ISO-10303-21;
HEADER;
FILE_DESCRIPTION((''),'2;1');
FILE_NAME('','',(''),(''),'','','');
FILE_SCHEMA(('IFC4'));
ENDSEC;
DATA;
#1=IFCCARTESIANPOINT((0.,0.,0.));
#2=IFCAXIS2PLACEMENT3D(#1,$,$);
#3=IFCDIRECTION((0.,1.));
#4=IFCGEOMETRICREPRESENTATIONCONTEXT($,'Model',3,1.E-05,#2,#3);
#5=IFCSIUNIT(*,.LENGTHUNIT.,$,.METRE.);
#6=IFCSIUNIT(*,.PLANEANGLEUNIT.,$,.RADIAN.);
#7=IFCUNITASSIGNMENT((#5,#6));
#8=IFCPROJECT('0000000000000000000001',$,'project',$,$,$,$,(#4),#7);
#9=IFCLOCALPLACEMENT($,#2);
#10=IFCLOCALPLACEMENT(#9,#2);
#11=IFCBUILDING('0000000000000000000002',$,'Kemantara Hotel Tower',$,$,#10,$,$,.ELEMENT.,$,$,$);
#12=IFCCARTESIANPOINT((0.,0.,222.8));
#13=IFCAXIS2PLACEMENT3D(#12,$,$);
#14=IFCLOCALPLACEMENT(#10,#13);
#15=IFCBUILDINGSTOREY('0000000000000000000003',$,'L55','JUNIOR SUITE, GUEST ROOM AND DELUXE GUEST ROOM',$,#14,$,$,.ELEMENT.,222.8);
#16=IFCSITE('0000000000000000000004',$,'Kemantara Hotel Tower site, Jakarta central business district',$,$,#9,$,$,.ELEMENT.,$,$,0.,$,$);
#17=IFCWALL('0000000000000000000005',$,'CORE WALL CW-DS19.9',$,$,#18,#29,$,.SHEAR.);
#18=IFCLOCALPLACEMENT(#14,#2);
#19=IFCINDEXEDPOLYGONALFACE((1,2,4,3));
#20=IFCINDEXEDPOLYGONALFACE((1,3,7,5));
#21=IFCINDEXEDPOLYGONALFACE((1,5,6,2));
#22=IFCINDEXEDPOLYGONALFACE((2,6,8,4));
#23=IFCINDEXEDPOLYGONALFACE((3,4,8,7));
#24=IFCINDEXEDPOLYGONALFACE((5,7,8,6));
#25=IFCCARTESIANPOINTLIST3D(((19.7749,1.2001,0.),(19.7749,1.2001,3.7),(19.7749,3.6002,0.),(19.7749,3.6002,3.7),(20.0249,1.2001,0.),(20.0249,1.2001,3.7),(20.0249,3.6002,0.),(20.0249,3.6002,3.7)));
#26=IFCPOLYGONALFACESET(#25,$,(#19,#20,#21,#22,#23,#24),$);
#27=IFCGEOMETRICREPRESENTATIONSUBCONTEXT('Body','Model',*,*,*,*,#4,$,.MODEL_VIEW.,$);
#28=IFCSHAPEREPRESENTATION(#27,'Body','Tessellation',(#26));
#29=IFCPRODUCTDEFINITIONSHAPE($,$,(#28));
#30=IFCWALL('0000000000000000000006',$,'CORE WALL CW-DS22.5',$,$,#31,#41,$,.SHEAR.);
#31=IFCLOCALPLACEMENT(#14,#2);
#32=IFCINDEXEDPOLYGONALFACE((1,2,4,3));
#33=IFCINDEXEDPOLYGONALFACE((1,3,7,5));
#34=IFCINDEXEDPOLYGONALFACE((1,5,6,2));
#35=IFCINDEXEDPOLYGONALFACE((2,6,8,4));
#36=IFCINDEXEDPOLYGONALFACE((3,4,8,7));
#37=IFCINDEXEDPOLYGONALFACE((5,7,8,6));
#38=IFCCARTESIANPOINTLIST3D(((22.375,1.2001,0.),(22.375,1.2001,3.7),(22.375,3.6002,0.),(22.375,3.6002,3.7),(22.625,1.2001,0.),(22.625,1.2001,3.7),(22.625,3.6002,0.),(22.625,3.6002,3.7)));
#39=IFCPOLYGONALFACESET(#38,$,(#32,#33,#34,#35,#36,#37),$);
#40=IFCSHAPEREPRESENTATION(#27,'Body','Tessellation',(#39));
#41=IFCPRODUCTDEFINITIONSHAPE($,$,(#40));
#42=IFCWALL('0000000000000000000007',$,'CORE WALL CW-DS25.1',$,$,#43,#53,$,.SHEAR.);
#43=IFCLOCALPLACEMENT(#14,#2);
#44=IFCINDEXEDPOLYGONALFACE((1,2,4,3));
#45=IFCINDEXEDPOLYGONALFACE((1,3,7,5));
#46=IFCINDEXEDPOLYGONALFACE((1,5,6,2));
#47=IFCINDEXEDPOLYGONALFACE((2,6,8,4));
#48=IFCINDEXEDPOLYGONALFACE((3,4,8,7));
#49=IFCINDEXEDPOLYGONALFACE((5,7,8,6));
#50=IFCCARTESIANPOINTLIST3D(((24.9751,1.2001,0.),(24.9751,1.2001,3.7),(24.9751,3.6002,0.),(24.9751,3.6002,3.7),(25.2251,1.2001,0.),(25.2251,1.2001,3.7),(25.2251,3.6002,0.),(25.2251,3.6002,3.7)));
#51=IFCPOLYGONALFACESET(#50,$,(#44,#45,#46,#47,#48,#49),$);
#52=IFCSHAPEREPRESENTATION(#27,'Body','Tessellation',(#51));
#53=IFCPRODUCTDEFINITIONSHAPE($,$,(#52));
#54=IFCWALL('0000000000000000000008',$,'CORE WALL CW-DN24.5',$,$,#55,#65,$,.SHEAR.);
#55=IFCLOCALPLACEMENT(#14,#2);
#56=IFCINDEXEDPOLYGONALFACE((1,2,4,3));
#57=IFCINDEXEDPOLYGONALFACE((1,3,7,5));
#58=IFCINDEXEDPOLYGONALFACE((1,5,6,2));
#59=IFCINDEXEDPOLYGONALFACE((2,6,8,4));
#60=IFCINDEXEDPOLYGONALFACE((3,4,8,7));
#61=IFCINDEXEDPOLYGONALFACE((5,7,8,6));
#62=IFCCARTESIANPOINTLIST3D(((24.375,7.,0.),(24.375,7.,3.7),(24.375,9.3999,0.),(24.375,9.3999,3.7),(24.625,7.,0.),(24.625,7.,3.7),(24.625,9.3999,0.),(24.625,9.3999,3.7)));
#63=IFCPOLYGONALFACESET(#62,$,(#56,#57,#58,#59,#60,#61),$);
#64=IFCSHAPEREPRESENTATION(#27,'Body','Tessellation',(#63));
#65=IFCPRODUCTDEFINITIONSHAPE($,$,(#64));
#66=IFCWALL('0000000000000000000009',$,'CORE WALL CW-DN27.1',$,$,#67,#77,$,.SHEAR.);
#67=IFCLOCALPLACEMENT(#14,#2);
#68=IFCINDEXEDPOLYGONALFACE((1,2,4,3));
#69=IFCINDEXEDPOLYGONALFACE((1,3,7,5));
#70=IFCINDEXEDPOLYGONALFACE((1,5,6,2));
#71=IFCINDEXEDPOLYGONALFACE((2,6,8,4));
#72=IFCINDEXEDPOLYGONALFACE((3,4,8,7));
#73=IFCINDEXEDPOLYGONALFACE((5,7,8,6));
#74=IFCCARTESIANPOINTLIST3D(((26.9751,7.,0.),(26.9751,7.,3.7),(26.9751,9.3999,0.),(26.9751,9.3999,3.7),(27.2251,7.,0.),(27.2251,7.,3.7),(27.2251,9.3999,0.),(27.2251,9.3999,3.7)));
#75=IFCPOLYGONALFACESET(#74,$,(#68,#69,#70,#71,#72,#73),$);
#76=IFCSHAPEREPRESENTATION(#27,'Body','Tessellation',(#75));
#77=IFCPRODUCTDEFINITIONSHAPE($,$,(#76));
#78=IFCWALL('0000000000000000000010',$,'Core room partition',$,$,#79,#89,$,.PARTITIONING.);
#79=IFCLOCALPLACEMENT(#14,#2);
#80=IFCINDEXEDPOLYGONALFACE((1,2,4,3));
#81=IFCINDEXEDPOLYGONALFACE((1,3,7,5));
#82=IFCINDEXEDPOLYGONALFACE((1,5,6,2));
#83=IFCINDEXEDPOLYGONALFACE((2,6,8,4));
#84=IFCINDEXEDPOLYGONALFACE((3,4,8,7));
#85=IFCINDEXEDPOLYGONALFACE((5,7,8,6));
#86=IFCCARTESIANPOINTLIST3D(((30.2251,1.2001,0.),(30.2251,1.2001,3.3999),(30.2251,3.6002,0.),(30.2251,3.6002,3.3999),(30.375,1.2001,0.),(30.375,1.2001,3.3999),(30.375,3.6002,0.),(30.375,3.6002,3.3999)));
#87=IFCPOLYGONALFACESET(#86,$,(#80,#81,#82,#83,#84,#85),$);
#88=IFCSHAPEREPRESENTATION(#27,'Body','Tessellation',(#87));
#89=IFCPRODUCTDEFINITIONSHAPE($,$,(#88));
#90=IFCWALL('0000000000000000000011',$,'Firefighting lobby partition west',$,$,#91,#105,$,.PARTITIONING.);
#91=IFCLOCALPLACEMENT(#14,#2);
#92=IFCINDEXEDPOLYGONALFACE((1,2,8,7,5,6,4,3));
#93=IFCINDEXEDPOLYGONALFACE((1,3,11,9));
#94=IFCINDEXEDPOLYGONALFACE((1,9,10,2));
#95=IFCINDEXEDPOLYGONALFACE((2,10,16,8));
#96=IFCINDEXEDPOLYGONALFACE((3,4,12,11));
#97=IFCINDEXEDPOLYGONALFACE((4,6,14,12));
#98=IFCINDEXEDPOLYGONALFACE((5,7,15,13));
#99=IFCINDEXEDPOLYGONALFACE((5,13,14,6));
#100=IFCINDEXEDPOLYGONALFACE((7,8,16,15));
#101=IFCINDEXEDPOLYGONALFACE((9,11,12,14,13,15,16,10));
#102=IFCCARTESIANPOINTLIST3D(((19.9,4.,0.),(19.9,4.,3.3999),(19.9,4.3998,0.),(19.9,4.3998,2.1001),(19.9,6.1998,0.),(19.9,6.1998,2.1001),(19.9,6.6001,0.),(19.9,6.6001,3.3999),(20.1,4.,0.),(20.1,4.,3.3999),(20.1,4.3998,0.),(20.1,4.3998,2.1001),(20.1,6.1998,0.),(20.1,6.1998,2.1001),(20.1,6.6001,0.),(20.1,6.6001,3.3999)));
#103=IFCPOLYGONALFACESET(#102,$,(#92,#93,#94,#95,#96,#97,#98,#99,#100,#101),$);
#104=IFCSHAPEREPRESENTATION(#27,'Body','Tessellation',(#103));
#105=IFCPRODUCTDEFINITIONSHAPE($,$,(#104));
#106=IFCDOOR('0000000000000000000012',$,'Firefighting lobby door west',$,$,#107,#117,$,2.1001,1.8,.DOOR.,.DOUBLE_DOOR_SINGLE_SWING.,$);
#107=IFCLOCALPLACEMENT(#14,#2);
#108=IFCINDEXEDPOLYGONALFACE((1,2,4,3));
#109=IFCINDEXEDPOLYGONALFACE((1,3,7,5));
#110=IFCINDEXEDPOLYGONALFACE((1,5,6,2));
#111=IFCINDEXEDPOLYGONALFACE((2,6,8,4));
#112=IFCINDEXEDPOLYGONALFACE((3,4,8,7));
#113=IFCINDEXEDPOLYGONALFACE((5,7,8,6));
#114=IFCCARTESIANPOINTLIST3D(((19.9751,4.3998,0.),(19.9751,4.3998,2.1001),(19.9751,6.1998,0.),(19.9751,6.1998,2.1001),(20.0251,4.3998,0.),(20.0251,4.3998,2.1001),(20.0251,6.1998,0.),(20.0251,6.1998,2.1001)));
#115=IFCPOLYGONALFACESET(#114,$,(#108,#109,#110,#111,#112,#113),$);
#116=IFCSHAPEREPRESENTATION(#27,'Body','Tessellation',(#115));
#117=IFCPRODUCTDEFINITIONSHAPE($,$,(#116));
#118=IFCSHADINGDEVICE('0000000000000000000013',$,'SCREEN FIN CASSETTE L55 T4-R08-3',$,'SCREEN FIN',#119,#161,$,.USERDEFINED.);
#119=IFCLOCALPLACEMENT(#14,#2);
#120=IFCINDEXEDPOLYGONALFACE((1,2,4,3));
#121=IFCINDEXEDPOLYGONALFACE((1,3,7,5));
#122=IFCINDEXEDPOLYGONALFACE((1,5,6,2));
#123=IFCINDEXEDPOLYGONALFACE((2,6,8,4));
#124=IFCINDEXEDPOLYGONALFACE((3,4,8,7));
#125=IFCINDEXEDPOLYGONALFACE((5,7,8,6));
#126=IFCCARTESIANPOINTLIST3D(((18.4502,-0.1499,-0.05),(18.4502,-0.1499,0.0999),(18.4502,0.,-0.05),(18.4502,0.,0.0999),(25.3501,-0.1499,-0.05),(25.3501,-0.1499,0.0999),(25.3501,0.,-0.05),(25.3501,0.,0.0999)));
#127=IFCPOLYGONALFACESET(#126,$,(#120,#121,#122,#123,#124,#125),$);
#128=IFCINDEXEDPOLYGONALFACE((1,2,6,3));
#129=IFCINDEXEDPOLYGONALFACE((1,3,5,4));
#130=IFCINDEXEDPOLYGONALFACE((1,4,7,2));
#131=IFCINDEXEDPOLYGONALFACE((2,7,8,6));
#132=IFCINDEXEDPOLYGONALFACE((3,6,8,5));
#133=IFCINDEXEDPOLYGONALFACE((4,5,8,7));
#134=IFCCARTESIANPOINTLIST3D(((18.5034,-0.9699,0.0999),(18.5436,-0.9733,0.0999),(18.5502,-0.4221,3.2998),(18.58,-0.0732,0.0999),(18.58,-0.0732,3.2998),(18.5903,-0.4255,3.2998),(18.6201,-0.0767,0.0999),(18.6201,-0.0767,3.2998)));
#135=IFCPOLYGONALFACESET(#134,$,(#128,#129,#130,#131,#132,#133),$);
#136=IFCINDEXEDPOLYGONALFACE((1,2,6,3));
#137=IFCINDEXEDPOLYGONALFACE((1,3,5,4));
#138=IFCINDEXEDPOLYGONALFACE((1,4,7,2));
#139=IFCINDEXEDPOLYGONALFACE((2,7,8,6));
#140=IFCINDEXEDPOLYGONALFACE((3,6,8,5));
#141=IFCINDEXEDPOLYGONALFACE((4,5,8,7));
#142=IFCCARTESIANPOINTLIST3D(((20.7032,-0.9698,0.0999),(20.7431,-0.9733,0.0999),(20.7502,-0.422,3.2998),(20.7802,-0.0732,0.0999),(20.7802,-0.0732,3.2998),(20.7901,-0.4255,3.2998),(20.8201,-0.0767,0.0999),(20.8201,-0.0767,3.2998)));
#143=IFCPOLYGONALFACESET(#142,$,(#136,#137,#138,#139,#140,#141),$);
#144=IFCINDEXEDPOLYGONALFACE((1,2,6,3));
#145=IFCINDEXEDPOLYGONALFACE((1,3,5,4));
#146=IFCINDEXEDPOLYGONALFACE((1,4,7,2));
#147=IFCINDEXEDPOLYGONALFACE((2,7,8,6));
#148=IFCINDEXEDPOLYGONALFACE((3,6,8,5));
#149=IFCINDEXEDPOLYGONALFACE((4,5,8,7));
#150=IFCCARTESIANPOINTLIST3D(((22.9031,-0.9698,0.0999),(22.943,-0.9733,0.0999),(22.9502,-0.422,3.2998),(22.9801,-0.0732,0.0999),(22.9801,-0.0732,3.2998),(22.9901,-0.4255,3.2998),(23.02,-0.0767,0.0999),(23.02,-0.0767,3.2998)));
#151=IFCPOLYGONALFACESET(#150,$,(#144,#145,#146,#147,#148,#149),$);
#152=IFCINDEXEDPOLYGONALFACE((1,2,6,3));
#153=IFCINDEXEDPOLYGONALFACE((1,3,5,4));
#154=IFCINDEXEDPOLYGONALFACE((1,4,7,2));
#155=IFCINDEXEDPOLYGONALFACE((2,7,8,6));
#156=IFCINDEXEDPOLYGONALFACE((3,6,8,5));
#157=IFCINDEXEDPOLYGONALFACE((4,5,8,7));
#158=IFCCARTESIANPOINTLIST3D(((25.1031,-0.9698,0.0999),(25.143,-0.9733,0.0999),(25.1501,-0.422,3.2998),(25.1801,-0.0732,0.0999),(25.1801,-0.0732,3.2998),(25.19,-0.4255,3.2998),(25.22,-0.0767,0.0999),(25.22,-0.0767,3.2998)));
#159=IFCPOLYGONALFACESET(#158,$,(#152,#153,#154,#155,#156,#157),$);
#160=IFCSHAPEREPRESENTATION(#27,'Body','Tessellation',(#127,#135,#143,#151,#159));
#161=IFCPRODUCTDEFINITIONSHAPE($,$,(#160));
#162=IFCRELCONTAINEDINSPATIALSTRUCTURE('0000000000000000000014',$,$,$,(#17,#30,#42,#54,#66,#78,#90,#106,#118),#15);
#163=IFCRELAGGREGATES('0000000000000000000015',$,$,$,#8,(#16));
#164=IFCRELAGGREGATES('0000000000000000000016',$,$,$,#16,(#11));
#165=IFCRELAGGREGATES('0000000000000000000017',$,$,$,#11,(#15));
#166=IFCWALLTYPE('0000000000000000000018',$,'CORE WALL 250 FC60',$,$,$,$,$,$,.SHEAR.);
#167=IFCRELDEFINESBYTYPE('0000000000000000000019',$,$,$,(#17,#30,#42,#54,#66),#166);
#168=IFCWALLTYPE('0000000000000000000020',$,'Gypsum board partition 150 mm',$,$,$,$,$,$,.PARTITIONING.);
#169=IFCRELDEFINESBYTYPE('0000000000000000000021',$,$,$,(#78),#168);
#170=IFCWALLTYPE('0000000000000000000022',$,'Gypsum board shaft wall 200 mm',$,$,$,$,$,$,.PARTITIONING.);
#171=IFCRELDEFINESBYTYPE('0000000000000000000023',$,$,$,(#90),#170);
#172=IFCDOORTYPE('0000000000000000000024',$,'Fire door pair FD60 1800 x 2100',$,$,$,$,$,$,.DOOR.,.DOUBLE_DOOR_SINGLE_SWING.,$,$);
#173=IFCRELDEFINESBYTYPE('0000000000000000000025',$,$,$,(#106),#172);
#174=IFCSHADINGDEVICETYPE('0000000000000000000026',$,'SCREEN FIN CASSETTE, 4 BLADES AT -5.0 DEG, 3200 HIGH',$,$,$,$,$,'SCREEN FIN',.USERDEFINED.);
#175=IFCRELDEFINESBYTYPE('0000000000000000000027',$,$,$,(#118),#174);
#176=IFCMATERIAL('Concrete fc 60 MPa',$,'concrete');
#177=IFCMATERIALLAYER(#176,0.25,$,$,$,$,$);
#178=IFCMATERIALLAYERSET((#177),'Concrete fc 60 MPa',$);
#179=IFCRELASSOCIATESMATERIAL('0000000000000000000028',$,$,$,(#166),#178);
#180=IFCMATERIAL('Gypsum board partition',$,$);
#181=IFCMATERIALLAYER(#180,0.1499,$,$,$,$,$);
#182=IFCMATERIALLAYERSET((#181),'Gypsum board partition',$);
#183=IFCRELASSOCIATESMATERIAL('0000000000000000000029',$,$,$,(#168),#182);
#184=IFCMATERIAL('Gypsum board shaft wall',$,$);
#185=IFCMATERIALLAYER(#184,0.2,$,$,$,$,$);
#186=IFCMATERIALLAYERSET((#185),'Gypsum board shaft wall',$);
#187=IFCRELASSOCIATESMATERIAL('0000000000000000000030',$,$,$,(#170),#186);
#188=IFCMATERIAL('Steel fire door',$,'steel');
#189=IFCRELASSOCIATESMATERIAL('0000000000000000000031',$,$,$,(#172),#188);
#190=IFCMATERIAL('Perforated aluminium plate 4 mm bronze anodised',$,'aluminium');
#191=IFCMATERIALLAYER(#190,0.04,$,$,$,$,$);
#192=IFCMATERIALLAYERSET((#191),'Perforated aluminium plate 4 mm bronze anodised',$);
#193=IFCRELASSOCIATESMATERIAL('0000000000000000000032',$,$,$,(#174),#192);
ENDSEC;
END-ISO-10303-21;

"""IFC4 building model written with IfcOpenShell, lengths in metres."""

from ifc_helpers import new_model, si_unit, direction, frame, frame_2d, origin, origin_2d, place, context, subcontext, project, spatial, polyline, rectangle, outline, extrude, source, transform, mapped, material, layer, layer_set, type_object, element, fill, save


model = new_model("IFC4")

# Units and contexts
model_context = context("Model", 3, precision=1e-05, world=origin(), true_north=direction((0.0, 1.0)))
body_context = subcontext(model_context, "Body", "Model", "MODEL_VIEW")
ifc_project = project(units=[si_unit("LENGTHUNIT", "METRE"), si_unit("PLANEANGLEUNIT", "RADIAN")], contexts=[model_context])

# Site, building, storey
site_placement = place(None, origin())
site = spatial("IfcSite", under=ifc_project, at=site_placement, Name="Kemantara Hotel Tower site, Jakarta central business district", CompositionType="ELEMENT", RefElevation=0.0)
building_placement = place(site_placement, origin())
building = spatial("IfcBuilding", under=site, at=building_placement, Name="Kemantara Hotel Tower", CompositionType="ELEMENT")
storey_placement = place(building_placement, frame((0.0, 0.0, 222.8)))
storey = spatial("IfcBuildingStorey", under=building, at=storey_placement, Name="L55", Description="JUNIOR SUITE, GUEST ROOM AND DELUXE GUEST ROOM", CompositionType="ELEMENT", Elevation=222.8)

# Walls
ifc_material_1 = material(Name="Concrete fc 60 MPa", Category="concrete")
ifc_layer_1 = layer(ifc_material_1, 0.25)
ifc_layer_set_1 = layer_set([ifc_layer_1], Name="Concrete fc 60 MPa")
wall_type_1 = type_object("IfcWallType", Name="CORE WALL 250 FC60", PredefinedType="SHEAR", material=ifc_layer_set_1)
for number, where, z_axis, x_axis, name in (
    (1, (19.8999, 1.2, 0.0), (0.0, 0.0, 1.0), (0.0, 1.0, 0.0), "CORE WALL CW-DS19.9"),
    (2, (22.5, 1.2, 0.0), (0.0, 0.0, 1.0), (0.0, 1.0, 0.0), "CORE WALL CW-DS22.5"),
    (3, (25.1001, 1.2, 0.0), (0.0, 0.0, 1.0), (0.0, 1.0, 0.0), "CORE WALL CW-DS25.1"),
):
    element("IfcWall", number, at=place(storey_placement, frame(where, z_axis=z_axis, x_axis=x_axis)), inside=storey, type_object=wall_type_1, Name=name, PredefinedType="SHEAR", context=body_context, shape_type="SweptSolid", body=[
        extrude(rectangle(XDim=2.4001, YDim=0.25, at=frame_2d((1.2002, 0.0))), origin(), (0.0, 0.0, 1.0), 3.7),
    ])
for number, where, z_axis, x_axis, name in (
    (4, (24.5, 7.0, 0.0), (0.0, 0.0, 1.0), (0.0, 1.0, 0.0), "CORE WALL CW-DN24.5"),
    (5, (27.1001, 7.0, 0.0), (0.0, 0.0, 1.0), (0.0, 1.0, 0.0), "CORE WALL CW-DN27.1"),
):
    element("IfcWall", number, at=place(storey_placement, frame(where, z_axis=z_axis, x_axis=x_axis)), inside=storey, type_object=wall_type_1, Name=name, PredefinedType="SHEAR", context=body_context, shape_type="SweptSolid", body=[
        extrude(rectangle(XDim=2.3999, YDim=0.25, at=frame_2d((1.2, 0.0))), origin(), (0.0, 0.0, 1.0), 3.7),
    ])
ifc_material_2 = material(Name="Gypsum board partition")
ifc_layer_2 = layer(ifc_material_2, 0.1499)
ifc_layer_set_2 = layer_set([ifc_layer_2], Name="Gypsum board partition")
wall_type_2 = type_object("IfcWallType", Name="Gypsum board partition 150 mm", PredefinedType="PARTITIONING", material=ifc_layer_set_2)
wall_1_placement = place(storey_placement, frame((30.3, 1.2, 0.0), z_axis=(0.0, 0.0, 1.0), x_axis=(0.0, 1.0, 0.0)))
element("IfcWall", 6, at=wall_1_placement, inside=storey, type_object=wall_type_2, Name="Core room partition", PredefinedType="PARTITIONING", context=body_context, shape_type="SweptSolid", body=[
    extrude(rectangle(XDim=2.4001, YDim=0.1499, at=frame_2d((1.2002, 0.0))), origin(), (0.0, 0.0, 1.0), 3.3999),
])

# Wall, opening, door
ifc_material_3 = material(Name="Gypsum board shaft wall")
ifc_layer_3 = layer(ifc_material_3, 0.2)
ifc_layer_set_3 = layer_set([ifc_layer_3], Name="Gypsum board shaft wall")
wall_type_3 = type_object("IfcWallType", Name="Gypsum board shaft wall 200 mm", PredefinedType="PARTITIONING", material=ifc_layer_set_3)
wall_2_placement = place(storey_placement, frame((20.0, 4.0, 0.0), z_axis=(0.0, 0.0, 1.0), x_axis=(0.0, 1.0, 0.0)))
wall_2 = element("IfcWall", 7, at=wall_2_placement, inside=storey, type_object=wall_type_3, Name="Firefighting lobby partition west", PredefinedType="PARTITIONING", context=body_context, shape_type="SweptSolid", body=[
    extrude(rectangle(XDim=2.6001, YDim=0.2, at=frame_2d((1.3, 0.0))), origin(), (0.0, 0.0, 1.0), 3.3999),
])
opening_placement = place(wall_2_placement, frame((0.3999, 0.0, 0.0)))
opening = element("IfcOpeningElement", 8, at=opening_placement, cuts=wall_2, PredefinedType="OPENING", context=body_context, shape_type="SweptSolid", body=[
    extrude(rectangle(XDim=1.8, YDim=2.1001, at=frame_2d((0.8999, 1.05))), frame((0.0, 0.1099, 0.0), z_axis=(0.0, -1.0, 0.0), x_axis=(1.0, 0.0, 0.0)), (0.0, 0.0, 1.0), 0.22),
])
ifc_material_4 = material(Name="Steel fire door", Category="steel")
door_type = type_object("IfcDoorType", Name="Fire door pair FD60 1800 x 2100", OperationType="DOUBLE_DOOR_SINGLE_SWING", PredefinedType="DOOR", material=ifc_material_4)
door_placement = place(opening_placement, origin())
door = element("IfcDoor", 9, at=door_placement, inside=storey, type_object=door_type, Name="Firefighting lobby door west", OperationType="DOUBLE_DOOR_SINGLE_SWING", OverallHeight=2.1001, OverallWidth=1.8, PredefinedType="DOOR", context=body_context, shape_type="SweptSolid", body=[
    extrude(rectangle(XDim=1.8, YDim=2.1001, at=frame_2d((0.8999, 1.05))), frame((0.0, 0.0249, 0.0), z_axis=(0.0, -1.0, 0.0), x_axis=(1.0, 0.0, 0.0)), (0.0, 0.0, 1.0), 0.05),
])
fill(opening, door)

# Shading device
ifc_material_5 = material(Name="Perforated aluminium plate 4 mm bronze anodised", Category="aluminium")
ifc_layer_4 = layer(ifc_material_5, 0.04)
ifc_layer_set_4 = layer_set([ifc_layer_4], Name="Perforated aluminium plate 4 mm bronze anodised")
shading_device_type_1 = type_object("IfcShadingDeviceType", Name="SCREEN FIN CASSETTE, 4 BLADES AT -5.0 DEG, 3200 HIGH", ElementType="SCREEN FIN", PredefinedType="USERDEFINED", material=ifc_layer_set_4)
shared_shape_1 = source(origin(), body_context, "Body", "SweptSolid", [
    extrude(rectangle(XDim=6.8999, YDim=0.1499, at=origin_2d()), frame((3.3, -0.075, -0.1499), z_axis=(0.0, 0.0, 1.0), x_axis=(1.0, 0.0, 0.0)), (0.0, 0.0, 1.0), 0.1499),
    extrude(outline(polyline([(0.0, 0.0), (0.8999, 0.0), (0.3501, 3.2), (0.0, 3.2), (0.0, 0.0)])), frame((0.02, -0.0767, 0.0), z_axis=(-0.996376, 0.085056, 0.0), x_axis=(-0.085056, -0.996376, 0.0)), (0.0, 0.0, 1.0), 0.0403),
    extrude(outline(polyline([(0.0, 0.0), (0.8999, 0.0), (0.3501, 3.2), (0.0, 3.2), (0.0, 0.0)])), frame((2.22, -0.0767, 0.0), z_axis=(-0.996332, 0.085575, 0.0), x_axis=(-0.085575, -0.996332, 0.0)), (0.0, 0.0, 1.0), 0.04),
    extrude(outline(polyline([(0.0, 0.0), (0.8999, 0.0), (0.3501, 3.2), (0.0, 3.2), (0.0, 0.0)])), frame((4.4199, -0.0767, 0.0), z_axis=(-0.996332, 0.085575, 0.0), x_axis=(-0.085575, -0.996332, 0.0)), (0.0, 0.0, 1.0), 0.04),
    extrude(outline(polyline([(0.0, 0.0), (0.8999, 0.0), (0.3501, 3.2), (0.0, 3.2), (0.0, 0.0)])), frame((6.6199, -0.0767, 0.0), z_axis=(-0.996332, 0.085575, 0.0), x_axis=(-0.085575, -0.996332, 0.0)), (0.0, 0.0, 1.0), 0.04),
])
shading_device_1_placement = place(storey_placement, frame((18.6001, 0.0, 0.0999), z_axis=(0.0, 0.0, 1.0), x_axis=(1.0, 0.0, 0.0)))
element("IfcShadingDevice", 10, at=shading_device_1_placement, inside=storey, type_object=shading_device_type_1, Name="SCREEN FIN CASSETTE L55 T4-R08-3", ObjectType="SCREEN FIN", PredefinedType="USERDEFINED", context=body_context, shape_type="MappedRepresentation", body=[
    mapped(shared_shape_1, transform((0.0, 0.0, 0.0))),
])

save(model, "model.ifc")
